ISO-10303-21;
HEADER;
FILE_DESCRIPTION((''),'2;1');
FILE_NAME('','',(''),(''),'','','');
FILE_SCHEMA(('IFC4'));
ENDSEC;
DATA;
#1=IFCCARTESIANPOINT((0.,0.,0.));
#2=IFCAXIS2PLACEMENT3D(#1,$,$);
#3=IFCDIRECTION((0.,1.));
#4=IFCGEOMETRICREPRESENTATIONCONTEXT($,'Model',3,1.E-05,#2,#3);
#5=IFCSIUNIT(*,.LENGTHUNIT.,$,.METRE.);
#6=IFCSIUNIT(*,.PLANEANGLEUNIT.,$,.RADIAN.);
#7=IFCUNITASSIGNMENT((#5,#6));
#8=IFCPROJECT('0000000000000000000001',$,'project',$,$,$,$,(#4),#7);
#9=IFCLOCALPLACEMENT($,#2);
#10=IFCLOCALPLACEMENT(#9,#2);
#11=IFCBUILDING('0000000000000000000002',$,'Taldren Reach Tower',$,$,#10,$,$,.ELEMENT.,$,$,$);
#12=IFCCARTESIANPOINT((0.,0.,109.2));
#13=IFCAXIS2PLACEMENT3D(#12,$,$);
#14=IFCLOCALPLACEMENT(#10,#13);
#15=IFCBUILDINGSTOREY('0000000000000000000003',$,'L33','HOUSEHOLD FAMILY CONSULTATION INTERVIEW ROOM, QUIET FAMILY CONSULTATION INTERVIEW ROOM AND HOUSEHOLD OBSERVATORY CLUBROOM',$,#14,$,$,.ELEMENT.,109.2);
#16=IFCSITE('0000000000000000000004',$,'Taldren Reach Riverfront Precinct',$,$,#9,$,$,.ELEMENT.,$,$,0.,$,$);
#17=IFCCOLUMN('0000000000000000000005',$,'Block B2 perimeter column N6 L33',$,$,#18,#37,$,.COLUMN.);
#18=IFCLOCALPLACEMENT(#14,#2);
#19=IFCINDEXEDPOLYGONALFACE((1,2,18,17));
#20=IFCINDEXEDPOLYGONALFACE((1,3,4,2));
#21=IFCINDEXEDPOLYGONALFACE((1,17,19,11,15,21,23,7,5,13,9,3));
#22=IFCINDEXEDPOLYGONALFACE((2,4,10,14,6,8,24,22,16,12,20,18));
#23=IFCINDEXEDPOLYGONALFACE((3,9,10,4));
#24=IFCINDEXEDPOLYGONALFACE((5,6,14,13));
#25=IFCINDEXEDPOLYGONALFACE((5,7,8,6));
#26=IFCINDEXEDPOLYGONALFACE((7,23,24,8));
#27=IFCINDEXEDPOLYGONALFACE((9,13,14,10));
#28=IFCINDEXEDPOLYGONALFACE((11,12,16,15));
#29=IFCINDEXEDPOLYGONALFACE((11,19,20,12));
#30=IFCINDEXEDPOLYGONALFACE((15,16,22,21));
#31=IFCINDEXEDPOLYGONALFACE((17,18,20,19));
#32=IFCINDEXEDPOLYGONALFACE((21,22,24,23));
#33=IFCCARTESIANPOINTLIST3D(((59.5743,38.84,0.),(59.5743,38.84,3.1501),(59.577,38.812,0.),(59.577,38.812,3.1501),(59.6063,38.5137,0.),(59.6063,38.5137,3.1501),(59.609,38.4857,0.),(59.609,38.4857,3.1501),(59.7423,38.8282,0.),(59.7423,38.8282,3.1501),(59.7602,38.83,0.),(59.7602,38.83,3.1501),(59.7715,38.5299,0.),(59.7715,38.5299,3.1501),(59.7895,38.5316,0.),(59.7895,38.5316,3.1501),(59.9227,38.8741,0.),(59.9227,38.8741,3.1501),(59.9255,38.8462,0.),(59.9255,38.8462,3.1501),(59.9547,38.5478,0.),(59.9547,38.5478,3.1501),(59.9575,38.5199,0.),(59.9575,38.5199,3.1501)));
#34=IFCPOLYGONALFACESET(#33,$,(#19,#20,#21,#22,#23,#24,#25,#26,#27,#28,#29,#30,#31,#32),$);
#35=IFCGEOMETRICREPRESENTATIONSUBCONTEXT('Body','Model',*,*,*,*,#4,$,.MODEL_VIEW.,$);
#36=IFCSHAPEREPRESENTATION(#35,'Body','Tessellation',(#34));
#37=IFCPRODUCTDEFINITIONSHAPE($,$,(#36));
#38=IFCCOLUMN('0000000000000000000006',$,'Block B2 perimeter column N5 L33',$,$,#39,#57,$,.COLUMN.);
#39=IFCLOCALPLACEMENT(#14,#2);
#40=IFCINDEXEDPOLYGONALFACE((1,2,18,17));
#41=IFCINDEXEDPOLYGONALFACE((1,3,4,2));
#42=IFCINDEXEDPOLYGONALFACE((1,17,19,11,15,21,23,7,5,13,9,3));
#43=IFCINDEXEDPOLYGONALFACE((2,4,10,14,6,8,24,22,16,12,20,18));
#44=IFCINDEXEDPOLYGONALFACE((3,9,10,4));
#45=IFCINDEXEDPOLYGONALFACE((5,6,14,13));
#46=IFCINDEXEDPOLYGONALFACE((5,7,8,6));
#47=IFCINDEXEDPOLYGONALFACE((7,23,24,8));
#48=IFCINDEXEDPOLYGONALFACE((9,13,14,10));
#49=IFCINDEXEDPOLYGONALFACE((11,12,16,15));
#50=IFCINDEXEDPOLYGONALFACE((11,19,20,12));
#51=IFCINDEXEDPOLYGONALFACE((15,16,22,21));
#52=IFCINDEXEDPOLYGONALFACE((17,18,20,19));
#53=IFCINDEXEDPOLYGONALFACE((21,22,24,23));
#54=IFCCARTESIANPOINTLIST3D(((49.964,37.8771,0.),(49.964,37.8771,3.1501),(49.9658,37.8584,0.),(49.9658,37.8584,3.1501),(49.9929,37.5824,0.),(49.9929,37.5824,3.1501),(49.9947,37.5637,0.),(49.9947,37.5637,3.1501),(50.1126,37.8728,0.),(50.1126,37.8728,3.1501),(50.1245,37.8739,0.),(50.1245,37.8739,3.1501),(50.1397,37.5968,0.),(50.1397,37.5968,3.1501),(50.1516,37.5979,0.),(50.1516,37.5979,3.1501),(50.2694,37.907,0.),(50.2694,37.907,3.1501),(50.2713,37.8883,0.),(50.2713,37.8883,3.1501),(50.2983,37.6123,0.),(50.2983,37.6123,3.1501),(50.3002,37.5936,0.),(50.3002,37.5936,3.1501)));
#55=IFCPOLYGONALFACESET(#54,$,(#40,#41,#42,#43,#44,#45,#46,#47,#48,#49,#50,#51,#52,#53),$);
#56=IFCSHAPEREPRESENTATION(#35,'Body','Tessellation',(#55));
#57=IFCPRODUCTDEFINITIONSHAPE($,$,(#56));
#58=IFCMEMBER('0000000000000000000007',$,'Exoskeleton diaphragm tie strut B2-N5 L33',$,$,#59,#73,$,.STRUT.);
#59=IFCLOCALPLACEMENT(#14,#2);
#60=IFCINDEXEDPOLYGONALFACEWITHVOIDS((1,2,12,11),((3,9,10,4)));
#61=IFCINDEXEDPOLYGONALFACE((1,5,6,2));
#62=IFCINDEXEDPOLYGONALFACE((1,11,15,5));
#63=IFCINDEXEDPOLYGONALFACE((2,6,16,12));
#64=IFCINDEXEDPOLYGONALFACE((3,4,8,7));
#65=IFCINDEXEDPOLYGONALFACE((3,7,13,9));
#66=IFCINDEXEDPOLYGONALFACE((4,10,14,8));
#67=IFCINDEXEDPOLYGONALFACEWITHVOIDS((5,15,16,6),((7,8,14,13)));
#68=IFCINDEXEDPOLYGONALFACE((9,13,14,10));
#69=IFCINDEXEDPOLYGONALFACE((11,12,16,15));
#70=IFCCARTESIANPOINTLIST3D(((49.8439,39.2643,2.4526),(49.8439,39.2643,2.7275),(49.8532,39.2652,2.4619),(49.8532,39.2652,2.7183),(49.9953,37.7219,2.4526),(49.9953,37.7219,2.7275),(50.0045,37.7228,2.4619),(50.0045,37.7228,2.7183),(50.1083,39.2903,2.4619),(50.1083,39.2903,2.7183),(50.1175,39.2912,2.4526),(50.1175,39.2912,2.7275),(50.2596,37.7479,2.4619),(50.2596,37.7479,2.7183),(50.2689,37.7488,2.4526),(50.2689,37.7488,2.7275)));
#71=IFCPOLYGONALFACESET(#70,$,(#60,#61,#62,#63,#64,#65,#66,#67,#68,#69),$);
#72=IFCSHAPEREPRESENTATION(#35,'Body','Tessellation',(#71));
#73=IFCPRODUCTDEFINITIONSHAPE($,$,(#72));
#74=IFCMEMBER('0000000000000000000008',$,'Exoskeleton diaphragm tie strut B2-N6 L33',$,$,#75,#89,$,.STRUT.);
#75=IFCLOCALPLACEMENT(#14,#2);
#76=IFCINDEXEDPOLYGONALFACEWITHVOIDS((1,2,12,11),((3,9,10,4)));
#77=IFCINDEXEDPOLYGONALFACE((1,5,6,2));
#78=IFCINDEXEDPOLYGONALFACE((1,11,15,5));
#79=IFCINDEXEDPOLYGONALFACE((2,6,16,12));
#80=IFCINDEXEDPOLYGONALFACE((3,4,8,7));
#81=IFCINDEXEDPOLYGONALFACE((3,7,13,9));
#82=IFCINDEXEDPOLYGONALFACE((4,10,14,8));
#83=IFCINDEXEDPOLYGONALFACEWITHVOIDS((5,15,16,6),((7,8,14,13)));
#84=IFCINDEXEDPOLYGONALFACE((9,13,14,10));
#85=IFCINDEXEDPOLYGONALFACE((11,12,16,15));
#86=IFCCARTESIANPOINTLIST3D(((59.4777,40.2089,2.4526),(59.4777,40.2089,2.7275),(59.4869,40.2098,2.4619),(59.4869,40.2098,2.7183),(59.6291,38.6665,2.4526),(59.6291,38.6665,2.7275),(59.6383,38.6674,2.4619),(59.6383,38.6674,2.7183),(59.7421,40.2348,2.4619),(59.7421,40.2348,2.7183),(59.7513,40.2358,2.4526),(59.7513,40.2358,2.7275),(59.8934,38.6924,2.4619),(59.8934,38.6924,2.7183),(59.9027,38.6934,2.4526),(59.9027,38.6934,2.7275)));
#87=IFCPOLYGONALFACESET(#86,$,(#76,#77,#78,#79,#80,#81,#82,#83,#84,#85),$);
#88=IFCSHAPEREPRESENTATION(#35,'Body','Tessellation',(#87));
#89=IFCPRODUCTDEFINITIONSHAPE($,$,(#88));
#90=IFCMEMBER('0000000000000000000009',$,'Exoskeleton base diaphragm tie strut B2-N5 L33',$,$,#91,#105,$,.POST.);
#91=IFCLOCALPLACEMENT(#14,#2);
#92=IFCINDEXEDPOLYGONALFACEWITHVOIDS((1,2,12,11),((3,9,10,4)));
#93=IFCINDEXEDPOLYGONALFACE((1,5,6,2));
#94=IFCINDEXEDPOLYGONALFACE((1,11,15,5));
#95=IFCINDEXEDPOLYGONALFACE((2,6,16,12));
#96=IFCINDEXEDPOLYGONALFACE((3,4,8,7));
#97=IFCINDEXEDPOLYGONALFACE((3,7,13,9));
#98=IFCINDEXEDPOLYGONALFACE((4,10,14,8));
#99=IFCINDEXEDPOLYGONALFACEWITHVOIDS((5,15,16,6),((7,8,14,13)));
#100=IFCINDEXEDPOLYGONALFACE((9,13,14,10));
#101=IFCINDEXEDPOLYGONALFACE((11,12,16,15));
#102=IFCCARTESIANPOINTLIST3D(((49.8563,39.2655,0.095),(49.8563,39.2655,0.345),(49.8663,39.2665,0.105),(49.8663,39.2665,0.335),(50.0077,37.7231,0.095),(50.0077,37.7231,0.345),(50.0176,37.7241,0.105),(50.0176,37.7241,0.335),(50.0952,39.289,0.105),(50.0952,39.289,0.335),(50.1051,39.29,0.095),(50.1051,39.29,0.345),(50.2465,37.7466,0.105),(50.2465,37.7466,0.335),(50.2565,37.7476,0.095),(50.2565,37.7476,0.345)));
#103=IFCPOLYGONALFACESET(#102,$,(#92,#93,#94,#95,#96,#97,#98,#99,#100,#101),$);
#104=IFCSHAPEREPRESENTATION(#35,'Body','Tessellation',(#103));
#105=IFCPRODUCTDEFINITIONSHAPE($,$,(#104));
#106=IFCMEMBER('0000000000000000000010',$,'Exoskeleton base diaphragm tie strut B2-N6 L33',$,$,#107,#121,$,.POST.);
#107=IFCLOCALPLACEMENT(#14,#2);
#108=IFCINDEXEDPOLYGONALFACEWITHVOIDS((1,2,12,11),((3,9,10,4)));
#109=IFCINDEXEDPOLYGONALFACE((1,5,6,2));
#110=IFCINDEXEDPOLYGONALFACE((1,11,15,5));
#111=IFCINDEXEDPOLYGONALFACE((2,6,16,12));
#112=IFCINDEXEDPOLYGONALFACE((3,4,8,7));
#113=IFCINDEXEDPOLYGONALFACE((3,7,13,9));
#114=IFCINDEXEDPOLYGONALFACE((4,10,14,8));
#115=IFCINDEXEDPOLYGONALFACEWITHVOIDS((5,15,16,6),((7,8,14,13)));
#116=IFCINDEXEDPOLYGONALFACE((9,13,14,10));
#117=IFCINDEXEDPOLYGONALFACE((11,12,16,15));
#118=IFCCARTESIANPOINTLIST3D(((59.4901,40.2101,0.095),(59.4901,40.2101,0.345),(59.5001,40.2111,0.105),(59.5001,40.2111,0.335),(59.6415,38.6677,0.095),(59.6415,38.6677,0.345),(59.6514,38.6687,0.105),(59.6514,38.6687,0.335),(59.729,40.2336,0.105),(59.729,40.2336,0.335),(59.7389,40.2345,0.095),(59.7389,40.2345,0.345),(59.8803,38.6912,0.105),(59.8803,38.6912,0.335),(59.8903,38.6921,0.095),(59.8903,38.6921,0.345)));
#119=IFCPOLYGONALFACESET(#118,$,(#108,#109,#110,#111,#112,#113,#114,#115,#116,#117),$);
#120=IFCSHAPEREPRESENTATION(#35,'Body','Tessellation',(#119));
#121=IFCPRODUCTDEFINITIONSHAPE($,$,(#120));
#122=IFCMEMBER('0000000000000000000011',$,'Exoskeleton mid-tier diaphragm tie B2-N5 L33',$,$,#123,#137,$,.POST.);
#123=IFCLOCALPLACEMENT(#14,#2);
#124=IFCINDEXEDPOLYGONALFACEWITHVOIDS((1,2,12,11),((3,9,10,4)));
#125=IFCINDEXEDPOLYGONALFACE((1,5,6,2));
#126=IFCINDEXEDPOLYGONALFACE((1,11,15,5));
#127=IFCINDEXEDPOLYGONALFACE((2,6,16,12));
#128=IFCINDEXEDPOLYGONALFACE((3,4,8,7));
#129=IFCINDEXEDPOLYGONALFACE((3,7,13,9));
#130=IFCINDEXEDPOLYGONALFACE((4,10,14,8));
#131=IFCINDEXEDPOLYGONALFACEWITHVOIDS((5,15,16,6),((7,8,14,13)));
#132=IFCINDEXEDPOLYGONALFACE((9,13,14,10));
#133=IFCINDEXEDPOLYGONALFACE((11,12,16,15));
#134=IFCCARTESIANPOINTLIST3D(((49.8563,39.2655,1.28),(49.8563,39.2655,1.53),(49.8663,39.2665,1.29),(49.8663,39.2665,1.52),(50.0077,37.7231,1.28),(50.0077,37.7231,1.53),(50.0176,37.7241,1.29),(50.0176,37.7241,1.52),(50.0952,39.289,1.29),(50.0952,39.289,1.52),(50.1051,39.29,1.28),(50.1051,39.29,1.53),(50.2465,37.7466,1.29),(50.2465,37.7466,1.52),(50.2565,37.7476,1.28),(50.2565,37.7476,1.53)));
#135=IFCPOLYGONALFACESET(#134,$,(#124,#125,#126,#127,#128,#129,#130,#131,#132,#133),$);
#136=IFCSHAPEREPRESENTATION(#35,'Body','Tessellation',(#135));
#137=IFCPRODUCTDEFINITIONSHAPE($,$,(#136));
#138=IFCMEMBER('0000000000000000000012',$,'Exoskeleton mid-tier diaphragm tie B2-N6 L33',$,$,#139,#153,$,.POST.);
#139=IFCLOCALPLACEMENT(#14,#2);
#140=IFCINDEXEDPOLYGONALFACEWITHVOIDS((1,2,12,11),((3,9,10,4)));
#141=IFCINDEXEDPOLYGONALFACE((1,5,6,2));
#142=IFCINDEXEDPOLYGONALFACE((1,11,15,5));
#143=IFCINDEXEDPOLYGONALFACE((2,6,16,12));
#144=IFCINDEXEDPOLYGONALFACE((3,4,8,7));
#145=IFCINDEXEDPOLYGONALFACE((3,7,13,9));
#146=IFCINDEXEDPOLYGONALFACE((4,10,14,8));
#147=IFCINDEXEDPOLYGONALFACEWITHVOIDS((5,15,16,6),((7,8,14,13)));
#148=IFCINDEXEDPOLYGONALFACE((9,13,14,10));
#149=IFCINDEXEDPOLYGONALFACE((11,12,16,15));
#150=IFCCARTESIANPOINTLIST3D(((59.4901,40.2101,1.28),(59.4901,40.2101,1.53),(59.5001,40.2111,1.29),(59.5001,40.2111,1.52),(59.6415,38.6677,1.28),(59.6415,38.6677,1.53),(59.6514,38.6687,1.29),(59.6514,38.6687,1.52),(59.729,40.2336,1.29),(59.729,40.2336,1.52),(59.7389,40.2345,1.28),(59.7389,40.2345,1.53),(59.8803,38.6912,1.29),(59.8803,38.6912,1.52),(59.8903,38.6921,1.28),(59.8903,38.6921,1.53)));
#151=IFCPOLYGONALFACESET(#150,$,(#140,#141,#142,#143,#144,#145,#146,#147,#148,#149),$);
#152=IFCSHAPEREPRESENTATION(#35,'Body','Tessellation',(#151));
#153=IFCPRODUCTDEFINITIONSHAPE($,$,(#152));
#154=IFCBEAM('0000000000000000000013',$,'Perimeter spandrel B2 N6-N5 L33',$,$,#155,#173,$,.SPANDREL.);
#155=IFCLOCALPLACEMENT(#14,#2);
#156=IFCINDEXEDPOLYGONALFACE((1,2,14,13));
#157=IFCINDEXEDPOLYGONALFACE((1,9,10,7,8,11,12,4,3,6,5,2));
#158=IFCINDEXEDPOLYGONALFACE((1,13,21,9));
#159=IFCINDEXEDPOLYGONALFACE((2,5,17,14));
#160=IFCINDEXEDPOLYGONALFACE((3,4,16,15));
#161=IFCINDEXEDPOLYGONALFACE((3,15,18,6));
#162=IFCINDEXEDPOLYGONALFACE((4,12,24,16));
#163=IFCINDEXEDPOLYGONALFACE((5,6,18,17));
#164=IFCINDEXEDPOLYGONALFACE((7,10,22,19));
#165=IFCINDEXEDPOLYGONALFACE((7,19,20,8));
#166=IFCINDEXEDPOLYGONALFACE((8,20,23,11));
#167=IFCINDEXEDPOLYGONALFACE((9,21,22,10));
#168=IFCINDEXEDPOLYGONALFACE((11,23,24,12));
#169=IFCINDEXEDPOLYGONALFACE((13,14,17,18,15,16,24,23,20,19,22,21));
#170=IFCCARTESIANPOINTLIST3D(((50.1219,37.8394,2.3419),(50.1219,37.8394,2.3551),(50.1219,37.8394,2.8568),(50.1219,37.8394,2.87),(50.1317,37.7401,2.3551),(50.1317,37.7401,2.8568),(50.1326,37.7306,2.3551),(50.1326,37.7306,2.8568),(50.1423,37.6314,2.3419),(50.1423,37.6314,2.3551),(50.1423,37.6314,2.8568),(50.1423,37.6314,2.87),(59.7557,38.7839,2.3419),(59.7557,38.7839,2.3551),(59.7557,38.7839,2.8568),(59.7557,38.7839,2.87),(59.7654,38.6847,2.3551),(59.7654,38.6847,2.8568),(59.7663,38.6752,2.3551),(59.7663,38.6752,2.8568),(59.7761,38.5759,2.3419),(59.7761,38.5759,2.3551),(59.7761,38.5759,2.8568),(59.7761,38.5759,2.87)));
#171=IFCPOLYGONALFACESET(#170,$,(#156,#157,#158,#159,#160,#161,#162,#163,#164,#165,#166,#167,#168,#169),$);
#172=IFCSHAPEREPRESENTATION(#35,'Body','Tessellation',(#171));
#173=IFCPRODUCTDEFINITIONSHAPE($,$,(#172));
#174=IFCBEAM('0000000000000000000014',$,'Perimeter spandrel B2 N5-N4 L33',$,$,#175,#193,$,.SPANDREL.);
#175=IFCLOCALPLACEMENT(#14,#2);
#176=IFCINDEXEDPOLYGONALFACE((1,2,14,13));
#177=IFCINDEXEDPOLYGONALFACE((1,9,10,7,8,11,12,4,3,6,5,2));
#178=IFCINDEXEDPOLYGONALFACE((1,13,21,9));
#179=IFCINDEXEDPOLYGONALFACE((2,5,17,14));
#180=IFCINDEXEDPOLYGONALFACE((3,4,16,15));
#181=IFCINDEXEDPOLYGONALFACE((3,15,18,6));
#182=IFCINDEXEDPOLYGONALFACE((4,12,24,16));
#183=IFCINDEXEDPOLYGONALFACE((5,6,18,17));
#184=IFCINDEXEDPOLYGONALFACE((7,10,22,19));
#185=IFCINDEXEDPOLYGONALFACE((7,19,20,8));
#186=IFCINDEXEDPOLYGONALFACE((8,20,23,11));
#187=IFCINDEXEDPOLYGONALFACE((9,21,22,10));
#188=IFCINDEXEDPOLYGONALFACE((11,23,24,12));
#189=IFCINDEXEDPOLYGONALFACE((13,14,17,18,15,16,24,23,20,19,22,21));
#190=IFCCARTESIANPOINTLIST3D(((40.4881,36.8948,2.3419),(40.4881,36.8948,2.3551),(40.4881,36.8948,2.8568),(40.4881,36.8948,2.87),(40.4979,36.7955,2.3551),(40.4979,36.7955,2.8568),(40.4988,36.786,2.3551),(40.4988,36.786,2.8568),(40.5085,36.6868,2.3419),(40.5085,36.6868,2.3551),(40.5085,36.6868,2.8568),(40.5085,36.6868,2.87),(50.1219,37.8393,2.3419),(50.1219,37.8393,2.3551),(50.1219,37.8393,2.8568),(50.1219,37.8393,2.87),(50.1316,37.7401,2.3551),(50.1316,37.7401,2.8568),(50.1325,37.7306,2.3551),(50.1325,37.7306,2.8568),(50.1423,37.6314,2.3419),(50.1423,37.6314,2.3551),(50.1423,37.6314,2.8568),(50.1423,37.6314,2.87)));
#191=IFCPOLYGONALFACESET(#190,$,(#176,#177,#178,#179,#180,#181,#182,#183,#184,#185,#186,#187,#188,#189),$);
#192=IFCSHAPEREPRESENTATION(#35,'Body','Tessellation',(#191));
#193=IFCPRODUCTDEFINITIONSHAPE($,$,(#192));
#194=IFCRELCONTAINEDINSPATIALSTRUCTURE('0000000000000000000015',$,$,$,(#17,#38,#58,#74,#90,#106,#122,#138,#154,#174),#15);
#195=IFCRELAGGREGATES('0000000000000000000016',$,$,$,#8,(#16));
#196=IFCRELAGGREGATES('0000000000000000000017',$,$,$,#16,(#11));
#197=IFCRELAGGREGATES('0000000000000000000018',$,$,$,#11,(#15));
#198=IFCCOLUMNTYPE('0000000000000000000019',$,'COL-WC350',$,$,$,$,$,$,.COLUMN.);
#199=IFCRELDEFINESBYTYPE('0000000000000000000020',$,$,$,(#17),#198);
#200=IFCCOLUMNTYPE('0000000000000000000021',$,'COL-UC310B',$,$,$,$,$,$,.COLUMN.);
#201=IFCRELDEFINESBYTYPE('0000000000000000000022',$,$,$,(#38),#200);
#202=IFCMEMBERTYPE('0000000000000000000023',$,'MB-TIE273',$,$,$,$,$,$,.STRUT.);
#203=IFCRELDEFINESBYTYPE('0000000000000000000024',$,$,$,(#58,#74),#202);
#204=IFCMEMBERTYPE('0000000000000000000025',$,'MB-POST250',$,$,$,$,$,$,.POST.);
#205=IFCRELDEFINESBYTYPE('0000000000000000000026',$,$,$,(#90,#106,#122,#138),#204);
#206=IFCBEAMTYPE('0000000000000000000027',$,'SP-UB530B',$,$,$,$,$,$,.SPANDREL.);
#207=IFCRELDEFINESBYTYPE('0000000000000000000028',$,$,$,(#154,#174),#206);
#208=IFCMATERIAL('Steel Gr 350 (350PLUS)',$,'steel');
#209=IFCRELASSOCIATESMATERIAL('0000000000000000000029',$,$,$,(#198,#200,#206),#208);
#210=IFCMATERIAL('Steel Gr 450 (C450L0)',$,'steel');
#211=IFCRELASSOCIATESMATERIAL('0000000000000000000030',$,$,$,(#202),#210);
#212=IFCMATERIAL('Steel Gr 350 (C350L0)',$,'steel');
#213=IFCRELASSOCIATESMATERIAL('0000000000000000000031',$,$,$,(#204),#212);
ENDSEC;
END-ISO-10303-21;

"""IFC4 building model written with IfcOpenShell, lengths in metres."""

from ifc_helpers import new_model, si_unit, direction, frame, origin, origin_2d, place, context, subcontext, project, spatial, hollow_rectangle, i_section, extrude, source, transform, mapped, material, material_profile, profile_set, type_object, element, save


model = new_model("IFC4")

# Units and contexts
model_context = context("Model", 3, precision=1e-05, world=origin(), true_north=direction((0.0, 1.0)))
body_context = subcontext(model_context, "Body", "Model", "MODEL_VIEW")
ifc_project = project(units=[si_unit("LENGTHUNIT", "METRE"), si_unit("PLANEANGLEUNIT", "RADIAN")], contexts=[model_context])

# Site, building, storey
site_placement = place(None, origin())
site = spatial("IfcSite", under=ifc_project, at=site_placement, Name="Taldren Reach Riverfront Precinct", CompositionType="ELEMENT", RefElevation=0.0)
building_placement = place(site_placement, origin())
building = spatial("IfcBuilding", under=site, at=building_placement, Name="Taldren Reach Tower", CompositionType="ELEMENT")
storey_placement = place(building_placement, frame((0.0, 0.0, 109.2)))
storey = spatial("IfcBuildingStorey", under=building, at=storey_placement, Name="L33", Description="HOUSEHOLD FAMILY CONSULTATION INTERVIEW ROOM, QUIET FAMILY CONSULTATION INTERVIEW ROOM AND HOUSEHOLD OBSERVATORY CLUBROOM", CompositionType="ELEMENT", Elevation=109.2)

# Columns
ifc_material_1 = material(Name="Steel Gr 350 (350PLUS)", Category="steel")
ifc_material_profile_1 = material_profile(ifc_material_1, i_section(OverallWidth=0.3501, OverallDepth=0.356, WebThickness=0.0181, FlangeThickness=0.0281, at=origin_2d()), Name="350WC197")
ifc_profile_set_1 = profile_set([ifc_material_profile_1], Name="Steel Gr 350 (350PLUS)")
column_type_1 = type_object("IfcColumnType", Name="COL-WC350", PredefinedType="COLUMN", material=ifc_profile_set_1)
shared_shape_1 = source(origin(), body_context, "Body", "SweptSolid", [
    extrude(i_section(OverallWidth=0.3501, OverallDepth=0.356, WebThickness=0.0181, FlangeThickness=0.0281, at=origin_2d()), origin(), (0.0, 0.0, 1.0), 3.1501),
])
column_1_placement = place(storey_placement, frame((59.7659, 38.6799, 0.0), z_axis=(0.0, 0.0, 1.0), x_axis=(0.995227, 0.097583, 0.0)))
element("IfcColumn", 1, at=column_1_placement, inside=storey, type_object=column_type_1, Name="Block B2 perimeter column N6 L33", PredefinedType="COLUMN", context=body_context, shape_type="MappedRepresentation", body=[
    mapped(shared_shape_1, transform((0.0, 0.0, 0.0), scale=1.0)),
])
ifc_material_profile_2 = material_profile(ifc_material_1, i_section(OverallWidth=0.3069, OverallDepth=0.3149, WebThickness=0.012, FlangeThickness=0.0188, at=origin_2d()), Name="310UC118")
ifc_profile_set_2 = profile_set([ifc_material_profile_2], Name="Steel Gr 350 (350PLUS)")
column_type_2 = type_object("IfcColumnType", Name="COL-UC310B", PredefinedType="COLUMN", material=ifc_profile_set_2)
shared_shape_2 = source(origin(), body_context, "Body", "SweptSolid", [
    extrude(i_section(OverallWidth=0.3069, OverallDepth=0.3149, WebThickness=0.012, FlangeThickness=0.0188, at=origin_2d()), origin(), (0.0, 0.0, 1.0), 3.1501),
])
column_2_placement = place(storey_placement, frame((50.1321, 37.7354, 0.0), z_axis=(0.0, 0.0, 1.0), x_axis=(0.995227, 0.097583, 0.0)))
element("IfcColumn", 2, at=column_2_placement, inside=storey, type_object=column_type_2, Name="Block B2 perimeter column N5 L33", PredefinedType="COLUMN", context=body_context, shape_type="MappedRepresentation", body=[
    mapped(shared_shape_2, transform((0.0, 0.0, 0.0), scale=1.0)),
])

# Members
ifc_material_2 = material(Name="Steel Gr 450 (C450L0)", Category="steel")
ifc_material_profile_3 = material_profile(ifc_material_2, hollow_rectangle(XDim=0.2749, YDim=0.2749, WallThickness=0.0093, at=origin_2d()), Name="275x275x9.3SHS")
ifc_profile_set_3 = profile_set([ifc_material_profile_3], Name="Steel Gr 450 (C450L0)")
member_type_1 = type_object("IfcMemberType", Name="MB-TIE273", PredefinedType="STRUT", material=ifc_profile_set_3)
shared_shape_3 = source(origin(), body_context, "Body", "SweptSolid", [
    extrude(hollow_rectangle(XDim=0.2749, YDim=0.2749, WallThickness=0.0093, at=origin_2d()), origin(), (0.0, 0.0, 1.0), 1.5498),
])
for number, where, z_axis, x_axis, name in (
    (3, (50.1321, 37.7354, 2.5901), (-0.097663, 0.99522, 0.0), (-0.99522, -0.097663, 0.0), "Exoskeleton diaphragm tie strut B2-N5 L33"),
    (4, (59.7659, 38.6799, 2.5901), (-0.097663, 0.99522, 0.0), (-0.99522, -0.097663, 0.0), "Exoskeleton diaphragm tie strut B2-N6 L33"),
):
    element("IfcMember", number, at=place(storey_placement, frame(where, z_axis=z_axis, x_axis=x_axis)), inside=storey, type_object=member_type_1, Name=name, PredefinedType="STRUT", context=body_context, shape_type="MappedRepresentation", body=[
        mapped(shared_shape_3, transform((0.0, 0.0, 0.0), scale=1.0)),
    ])
ifc_material_3 = material(Name="Steel Gr 350 (C350L0)", Category="steel")
ifc_material_profile_4 = material_profile(ifc_material_3, hollow_rectangle(XDim=0.25, YDim=0.25, WallThickness=0.01, at=origin_2d()), Name="250x250x10.0SHS")
ifc_profile_set_4 = profile_set([ifc_material_profile_4], Name="Steel Gr 350 (C350L0)")
member_type_2 = type_object("IfcMemberType", Name="MB-POST250", PredefinedType="POST", material=ifc_profile_set_4)
shared_shape_4 = source(origin(), body_context, "Body", "SweptSolid", [
    extrude(hollow_rectangle(XDim=0.25, YDim=0.25, WallThickness=0.01, at=origin_2d()), origin(), (0.0, 0.0, 1.0), 1.5498),
])
for number, where, z_axis, x_axis, name in (
    (5, (50.1321, 37.7354, 0.22), (-0.097663, 0.99522, 0.0), (-0.99522, -0.097663, 0.0), "Exoskeleton base diaphragm tie strut B2-N5 L33"),
    (6, (59.7659, 38.6799, 0.22), (-0.097663, 0.99522, 0.0), (-0.99522, -0.097663, 0.0), "Exoskeleton base diaphragm tie strut B2-N6 L33"),
    (7, (50.1321, 37.7354, 1.405), (-0.097663, 0.99522, 0.0), (-0.99522, -0.097663, 0.0), "Exoskeleton mid-tier diaphragm tie B2-N5 L33"),
    (8, (59.7659, 38.6799, 1.405), (-0.097663, 0.99522, 0.0), (-0.99522, -0.097663, 0.0), "Exoskeleton mid-tier diaphragm tie B2-N6 L33"),
):
    element("IfcMember", number, at=place(storey_placement, frame(where, z_axis=z_axis, x_axis=x_axis)), inside=storey, type_object=member_type_2, Name=name, PredefinedType="POST", context=body_context, shape_type="MappedRepresentation", body=[
        mapped(shared_shape_4, transform((0.0, 0.0, 0.0), scale=1.0)),
    ])

# Beams
ifc_material_profile_5 = material_profile(ifc_material_1, i_section(OverallWidth=0.209, OverallDepth=0.5281, WebThickness=0.0095, FlangeThickness=0.0132, at=origin_2d()), Name="530UB82.0")
ifc_profile_set_5 = profile_set([ifc_material_profile_5], Name="Steel Gr 350 (350PLUS)")
beam_type = type_object("IfcBeamType", Name="SP-UB530B", PredefinedType="SPANDREL", material=ifc_profile_set_5)
shared_shape_5 = source(origin(), body_context, "Body", "SweptSolid", [
    extrude(i_section(OverallWidth=0.209, OverallDepth=0.5281, WebThickness=0.0095, FlangeThickness=0.0132, at=origin_2d()), origin(), (0.0, 0.0, 1.0), 9.6799),
])
for number, where, z_axis, x_axis, name in (
    (9, (59.7659, 38.6799, 2.606), (-0.995228, -0.097581, 0.0), (0.097581, -0.995228, 0.0), "Perimeter spandrel B2 N6-N5 L33"),
    (10, (50.1321, 37.7354, 2.606), (-0.995228, -0.097581, 0.0), (0.097581, -0.995228, 0.0), "Perimeter spandrel B2 N5-N4 L33"),
):
    element("IfcBeam", number, at=place(storey_placement, frame(where, z_axis=z_axis, x_axis=x_axis)), inside=storey, type_object=beam_type, Name=name, PredefinedType="SPANDREL", context=body_context, shape_type="MappedRepresentation", body=[
        mapped(shared_shape_5, transform((0.0, 0.0, 0.0), scale=1.0)),
    ])

save(model, "model.ifc")
